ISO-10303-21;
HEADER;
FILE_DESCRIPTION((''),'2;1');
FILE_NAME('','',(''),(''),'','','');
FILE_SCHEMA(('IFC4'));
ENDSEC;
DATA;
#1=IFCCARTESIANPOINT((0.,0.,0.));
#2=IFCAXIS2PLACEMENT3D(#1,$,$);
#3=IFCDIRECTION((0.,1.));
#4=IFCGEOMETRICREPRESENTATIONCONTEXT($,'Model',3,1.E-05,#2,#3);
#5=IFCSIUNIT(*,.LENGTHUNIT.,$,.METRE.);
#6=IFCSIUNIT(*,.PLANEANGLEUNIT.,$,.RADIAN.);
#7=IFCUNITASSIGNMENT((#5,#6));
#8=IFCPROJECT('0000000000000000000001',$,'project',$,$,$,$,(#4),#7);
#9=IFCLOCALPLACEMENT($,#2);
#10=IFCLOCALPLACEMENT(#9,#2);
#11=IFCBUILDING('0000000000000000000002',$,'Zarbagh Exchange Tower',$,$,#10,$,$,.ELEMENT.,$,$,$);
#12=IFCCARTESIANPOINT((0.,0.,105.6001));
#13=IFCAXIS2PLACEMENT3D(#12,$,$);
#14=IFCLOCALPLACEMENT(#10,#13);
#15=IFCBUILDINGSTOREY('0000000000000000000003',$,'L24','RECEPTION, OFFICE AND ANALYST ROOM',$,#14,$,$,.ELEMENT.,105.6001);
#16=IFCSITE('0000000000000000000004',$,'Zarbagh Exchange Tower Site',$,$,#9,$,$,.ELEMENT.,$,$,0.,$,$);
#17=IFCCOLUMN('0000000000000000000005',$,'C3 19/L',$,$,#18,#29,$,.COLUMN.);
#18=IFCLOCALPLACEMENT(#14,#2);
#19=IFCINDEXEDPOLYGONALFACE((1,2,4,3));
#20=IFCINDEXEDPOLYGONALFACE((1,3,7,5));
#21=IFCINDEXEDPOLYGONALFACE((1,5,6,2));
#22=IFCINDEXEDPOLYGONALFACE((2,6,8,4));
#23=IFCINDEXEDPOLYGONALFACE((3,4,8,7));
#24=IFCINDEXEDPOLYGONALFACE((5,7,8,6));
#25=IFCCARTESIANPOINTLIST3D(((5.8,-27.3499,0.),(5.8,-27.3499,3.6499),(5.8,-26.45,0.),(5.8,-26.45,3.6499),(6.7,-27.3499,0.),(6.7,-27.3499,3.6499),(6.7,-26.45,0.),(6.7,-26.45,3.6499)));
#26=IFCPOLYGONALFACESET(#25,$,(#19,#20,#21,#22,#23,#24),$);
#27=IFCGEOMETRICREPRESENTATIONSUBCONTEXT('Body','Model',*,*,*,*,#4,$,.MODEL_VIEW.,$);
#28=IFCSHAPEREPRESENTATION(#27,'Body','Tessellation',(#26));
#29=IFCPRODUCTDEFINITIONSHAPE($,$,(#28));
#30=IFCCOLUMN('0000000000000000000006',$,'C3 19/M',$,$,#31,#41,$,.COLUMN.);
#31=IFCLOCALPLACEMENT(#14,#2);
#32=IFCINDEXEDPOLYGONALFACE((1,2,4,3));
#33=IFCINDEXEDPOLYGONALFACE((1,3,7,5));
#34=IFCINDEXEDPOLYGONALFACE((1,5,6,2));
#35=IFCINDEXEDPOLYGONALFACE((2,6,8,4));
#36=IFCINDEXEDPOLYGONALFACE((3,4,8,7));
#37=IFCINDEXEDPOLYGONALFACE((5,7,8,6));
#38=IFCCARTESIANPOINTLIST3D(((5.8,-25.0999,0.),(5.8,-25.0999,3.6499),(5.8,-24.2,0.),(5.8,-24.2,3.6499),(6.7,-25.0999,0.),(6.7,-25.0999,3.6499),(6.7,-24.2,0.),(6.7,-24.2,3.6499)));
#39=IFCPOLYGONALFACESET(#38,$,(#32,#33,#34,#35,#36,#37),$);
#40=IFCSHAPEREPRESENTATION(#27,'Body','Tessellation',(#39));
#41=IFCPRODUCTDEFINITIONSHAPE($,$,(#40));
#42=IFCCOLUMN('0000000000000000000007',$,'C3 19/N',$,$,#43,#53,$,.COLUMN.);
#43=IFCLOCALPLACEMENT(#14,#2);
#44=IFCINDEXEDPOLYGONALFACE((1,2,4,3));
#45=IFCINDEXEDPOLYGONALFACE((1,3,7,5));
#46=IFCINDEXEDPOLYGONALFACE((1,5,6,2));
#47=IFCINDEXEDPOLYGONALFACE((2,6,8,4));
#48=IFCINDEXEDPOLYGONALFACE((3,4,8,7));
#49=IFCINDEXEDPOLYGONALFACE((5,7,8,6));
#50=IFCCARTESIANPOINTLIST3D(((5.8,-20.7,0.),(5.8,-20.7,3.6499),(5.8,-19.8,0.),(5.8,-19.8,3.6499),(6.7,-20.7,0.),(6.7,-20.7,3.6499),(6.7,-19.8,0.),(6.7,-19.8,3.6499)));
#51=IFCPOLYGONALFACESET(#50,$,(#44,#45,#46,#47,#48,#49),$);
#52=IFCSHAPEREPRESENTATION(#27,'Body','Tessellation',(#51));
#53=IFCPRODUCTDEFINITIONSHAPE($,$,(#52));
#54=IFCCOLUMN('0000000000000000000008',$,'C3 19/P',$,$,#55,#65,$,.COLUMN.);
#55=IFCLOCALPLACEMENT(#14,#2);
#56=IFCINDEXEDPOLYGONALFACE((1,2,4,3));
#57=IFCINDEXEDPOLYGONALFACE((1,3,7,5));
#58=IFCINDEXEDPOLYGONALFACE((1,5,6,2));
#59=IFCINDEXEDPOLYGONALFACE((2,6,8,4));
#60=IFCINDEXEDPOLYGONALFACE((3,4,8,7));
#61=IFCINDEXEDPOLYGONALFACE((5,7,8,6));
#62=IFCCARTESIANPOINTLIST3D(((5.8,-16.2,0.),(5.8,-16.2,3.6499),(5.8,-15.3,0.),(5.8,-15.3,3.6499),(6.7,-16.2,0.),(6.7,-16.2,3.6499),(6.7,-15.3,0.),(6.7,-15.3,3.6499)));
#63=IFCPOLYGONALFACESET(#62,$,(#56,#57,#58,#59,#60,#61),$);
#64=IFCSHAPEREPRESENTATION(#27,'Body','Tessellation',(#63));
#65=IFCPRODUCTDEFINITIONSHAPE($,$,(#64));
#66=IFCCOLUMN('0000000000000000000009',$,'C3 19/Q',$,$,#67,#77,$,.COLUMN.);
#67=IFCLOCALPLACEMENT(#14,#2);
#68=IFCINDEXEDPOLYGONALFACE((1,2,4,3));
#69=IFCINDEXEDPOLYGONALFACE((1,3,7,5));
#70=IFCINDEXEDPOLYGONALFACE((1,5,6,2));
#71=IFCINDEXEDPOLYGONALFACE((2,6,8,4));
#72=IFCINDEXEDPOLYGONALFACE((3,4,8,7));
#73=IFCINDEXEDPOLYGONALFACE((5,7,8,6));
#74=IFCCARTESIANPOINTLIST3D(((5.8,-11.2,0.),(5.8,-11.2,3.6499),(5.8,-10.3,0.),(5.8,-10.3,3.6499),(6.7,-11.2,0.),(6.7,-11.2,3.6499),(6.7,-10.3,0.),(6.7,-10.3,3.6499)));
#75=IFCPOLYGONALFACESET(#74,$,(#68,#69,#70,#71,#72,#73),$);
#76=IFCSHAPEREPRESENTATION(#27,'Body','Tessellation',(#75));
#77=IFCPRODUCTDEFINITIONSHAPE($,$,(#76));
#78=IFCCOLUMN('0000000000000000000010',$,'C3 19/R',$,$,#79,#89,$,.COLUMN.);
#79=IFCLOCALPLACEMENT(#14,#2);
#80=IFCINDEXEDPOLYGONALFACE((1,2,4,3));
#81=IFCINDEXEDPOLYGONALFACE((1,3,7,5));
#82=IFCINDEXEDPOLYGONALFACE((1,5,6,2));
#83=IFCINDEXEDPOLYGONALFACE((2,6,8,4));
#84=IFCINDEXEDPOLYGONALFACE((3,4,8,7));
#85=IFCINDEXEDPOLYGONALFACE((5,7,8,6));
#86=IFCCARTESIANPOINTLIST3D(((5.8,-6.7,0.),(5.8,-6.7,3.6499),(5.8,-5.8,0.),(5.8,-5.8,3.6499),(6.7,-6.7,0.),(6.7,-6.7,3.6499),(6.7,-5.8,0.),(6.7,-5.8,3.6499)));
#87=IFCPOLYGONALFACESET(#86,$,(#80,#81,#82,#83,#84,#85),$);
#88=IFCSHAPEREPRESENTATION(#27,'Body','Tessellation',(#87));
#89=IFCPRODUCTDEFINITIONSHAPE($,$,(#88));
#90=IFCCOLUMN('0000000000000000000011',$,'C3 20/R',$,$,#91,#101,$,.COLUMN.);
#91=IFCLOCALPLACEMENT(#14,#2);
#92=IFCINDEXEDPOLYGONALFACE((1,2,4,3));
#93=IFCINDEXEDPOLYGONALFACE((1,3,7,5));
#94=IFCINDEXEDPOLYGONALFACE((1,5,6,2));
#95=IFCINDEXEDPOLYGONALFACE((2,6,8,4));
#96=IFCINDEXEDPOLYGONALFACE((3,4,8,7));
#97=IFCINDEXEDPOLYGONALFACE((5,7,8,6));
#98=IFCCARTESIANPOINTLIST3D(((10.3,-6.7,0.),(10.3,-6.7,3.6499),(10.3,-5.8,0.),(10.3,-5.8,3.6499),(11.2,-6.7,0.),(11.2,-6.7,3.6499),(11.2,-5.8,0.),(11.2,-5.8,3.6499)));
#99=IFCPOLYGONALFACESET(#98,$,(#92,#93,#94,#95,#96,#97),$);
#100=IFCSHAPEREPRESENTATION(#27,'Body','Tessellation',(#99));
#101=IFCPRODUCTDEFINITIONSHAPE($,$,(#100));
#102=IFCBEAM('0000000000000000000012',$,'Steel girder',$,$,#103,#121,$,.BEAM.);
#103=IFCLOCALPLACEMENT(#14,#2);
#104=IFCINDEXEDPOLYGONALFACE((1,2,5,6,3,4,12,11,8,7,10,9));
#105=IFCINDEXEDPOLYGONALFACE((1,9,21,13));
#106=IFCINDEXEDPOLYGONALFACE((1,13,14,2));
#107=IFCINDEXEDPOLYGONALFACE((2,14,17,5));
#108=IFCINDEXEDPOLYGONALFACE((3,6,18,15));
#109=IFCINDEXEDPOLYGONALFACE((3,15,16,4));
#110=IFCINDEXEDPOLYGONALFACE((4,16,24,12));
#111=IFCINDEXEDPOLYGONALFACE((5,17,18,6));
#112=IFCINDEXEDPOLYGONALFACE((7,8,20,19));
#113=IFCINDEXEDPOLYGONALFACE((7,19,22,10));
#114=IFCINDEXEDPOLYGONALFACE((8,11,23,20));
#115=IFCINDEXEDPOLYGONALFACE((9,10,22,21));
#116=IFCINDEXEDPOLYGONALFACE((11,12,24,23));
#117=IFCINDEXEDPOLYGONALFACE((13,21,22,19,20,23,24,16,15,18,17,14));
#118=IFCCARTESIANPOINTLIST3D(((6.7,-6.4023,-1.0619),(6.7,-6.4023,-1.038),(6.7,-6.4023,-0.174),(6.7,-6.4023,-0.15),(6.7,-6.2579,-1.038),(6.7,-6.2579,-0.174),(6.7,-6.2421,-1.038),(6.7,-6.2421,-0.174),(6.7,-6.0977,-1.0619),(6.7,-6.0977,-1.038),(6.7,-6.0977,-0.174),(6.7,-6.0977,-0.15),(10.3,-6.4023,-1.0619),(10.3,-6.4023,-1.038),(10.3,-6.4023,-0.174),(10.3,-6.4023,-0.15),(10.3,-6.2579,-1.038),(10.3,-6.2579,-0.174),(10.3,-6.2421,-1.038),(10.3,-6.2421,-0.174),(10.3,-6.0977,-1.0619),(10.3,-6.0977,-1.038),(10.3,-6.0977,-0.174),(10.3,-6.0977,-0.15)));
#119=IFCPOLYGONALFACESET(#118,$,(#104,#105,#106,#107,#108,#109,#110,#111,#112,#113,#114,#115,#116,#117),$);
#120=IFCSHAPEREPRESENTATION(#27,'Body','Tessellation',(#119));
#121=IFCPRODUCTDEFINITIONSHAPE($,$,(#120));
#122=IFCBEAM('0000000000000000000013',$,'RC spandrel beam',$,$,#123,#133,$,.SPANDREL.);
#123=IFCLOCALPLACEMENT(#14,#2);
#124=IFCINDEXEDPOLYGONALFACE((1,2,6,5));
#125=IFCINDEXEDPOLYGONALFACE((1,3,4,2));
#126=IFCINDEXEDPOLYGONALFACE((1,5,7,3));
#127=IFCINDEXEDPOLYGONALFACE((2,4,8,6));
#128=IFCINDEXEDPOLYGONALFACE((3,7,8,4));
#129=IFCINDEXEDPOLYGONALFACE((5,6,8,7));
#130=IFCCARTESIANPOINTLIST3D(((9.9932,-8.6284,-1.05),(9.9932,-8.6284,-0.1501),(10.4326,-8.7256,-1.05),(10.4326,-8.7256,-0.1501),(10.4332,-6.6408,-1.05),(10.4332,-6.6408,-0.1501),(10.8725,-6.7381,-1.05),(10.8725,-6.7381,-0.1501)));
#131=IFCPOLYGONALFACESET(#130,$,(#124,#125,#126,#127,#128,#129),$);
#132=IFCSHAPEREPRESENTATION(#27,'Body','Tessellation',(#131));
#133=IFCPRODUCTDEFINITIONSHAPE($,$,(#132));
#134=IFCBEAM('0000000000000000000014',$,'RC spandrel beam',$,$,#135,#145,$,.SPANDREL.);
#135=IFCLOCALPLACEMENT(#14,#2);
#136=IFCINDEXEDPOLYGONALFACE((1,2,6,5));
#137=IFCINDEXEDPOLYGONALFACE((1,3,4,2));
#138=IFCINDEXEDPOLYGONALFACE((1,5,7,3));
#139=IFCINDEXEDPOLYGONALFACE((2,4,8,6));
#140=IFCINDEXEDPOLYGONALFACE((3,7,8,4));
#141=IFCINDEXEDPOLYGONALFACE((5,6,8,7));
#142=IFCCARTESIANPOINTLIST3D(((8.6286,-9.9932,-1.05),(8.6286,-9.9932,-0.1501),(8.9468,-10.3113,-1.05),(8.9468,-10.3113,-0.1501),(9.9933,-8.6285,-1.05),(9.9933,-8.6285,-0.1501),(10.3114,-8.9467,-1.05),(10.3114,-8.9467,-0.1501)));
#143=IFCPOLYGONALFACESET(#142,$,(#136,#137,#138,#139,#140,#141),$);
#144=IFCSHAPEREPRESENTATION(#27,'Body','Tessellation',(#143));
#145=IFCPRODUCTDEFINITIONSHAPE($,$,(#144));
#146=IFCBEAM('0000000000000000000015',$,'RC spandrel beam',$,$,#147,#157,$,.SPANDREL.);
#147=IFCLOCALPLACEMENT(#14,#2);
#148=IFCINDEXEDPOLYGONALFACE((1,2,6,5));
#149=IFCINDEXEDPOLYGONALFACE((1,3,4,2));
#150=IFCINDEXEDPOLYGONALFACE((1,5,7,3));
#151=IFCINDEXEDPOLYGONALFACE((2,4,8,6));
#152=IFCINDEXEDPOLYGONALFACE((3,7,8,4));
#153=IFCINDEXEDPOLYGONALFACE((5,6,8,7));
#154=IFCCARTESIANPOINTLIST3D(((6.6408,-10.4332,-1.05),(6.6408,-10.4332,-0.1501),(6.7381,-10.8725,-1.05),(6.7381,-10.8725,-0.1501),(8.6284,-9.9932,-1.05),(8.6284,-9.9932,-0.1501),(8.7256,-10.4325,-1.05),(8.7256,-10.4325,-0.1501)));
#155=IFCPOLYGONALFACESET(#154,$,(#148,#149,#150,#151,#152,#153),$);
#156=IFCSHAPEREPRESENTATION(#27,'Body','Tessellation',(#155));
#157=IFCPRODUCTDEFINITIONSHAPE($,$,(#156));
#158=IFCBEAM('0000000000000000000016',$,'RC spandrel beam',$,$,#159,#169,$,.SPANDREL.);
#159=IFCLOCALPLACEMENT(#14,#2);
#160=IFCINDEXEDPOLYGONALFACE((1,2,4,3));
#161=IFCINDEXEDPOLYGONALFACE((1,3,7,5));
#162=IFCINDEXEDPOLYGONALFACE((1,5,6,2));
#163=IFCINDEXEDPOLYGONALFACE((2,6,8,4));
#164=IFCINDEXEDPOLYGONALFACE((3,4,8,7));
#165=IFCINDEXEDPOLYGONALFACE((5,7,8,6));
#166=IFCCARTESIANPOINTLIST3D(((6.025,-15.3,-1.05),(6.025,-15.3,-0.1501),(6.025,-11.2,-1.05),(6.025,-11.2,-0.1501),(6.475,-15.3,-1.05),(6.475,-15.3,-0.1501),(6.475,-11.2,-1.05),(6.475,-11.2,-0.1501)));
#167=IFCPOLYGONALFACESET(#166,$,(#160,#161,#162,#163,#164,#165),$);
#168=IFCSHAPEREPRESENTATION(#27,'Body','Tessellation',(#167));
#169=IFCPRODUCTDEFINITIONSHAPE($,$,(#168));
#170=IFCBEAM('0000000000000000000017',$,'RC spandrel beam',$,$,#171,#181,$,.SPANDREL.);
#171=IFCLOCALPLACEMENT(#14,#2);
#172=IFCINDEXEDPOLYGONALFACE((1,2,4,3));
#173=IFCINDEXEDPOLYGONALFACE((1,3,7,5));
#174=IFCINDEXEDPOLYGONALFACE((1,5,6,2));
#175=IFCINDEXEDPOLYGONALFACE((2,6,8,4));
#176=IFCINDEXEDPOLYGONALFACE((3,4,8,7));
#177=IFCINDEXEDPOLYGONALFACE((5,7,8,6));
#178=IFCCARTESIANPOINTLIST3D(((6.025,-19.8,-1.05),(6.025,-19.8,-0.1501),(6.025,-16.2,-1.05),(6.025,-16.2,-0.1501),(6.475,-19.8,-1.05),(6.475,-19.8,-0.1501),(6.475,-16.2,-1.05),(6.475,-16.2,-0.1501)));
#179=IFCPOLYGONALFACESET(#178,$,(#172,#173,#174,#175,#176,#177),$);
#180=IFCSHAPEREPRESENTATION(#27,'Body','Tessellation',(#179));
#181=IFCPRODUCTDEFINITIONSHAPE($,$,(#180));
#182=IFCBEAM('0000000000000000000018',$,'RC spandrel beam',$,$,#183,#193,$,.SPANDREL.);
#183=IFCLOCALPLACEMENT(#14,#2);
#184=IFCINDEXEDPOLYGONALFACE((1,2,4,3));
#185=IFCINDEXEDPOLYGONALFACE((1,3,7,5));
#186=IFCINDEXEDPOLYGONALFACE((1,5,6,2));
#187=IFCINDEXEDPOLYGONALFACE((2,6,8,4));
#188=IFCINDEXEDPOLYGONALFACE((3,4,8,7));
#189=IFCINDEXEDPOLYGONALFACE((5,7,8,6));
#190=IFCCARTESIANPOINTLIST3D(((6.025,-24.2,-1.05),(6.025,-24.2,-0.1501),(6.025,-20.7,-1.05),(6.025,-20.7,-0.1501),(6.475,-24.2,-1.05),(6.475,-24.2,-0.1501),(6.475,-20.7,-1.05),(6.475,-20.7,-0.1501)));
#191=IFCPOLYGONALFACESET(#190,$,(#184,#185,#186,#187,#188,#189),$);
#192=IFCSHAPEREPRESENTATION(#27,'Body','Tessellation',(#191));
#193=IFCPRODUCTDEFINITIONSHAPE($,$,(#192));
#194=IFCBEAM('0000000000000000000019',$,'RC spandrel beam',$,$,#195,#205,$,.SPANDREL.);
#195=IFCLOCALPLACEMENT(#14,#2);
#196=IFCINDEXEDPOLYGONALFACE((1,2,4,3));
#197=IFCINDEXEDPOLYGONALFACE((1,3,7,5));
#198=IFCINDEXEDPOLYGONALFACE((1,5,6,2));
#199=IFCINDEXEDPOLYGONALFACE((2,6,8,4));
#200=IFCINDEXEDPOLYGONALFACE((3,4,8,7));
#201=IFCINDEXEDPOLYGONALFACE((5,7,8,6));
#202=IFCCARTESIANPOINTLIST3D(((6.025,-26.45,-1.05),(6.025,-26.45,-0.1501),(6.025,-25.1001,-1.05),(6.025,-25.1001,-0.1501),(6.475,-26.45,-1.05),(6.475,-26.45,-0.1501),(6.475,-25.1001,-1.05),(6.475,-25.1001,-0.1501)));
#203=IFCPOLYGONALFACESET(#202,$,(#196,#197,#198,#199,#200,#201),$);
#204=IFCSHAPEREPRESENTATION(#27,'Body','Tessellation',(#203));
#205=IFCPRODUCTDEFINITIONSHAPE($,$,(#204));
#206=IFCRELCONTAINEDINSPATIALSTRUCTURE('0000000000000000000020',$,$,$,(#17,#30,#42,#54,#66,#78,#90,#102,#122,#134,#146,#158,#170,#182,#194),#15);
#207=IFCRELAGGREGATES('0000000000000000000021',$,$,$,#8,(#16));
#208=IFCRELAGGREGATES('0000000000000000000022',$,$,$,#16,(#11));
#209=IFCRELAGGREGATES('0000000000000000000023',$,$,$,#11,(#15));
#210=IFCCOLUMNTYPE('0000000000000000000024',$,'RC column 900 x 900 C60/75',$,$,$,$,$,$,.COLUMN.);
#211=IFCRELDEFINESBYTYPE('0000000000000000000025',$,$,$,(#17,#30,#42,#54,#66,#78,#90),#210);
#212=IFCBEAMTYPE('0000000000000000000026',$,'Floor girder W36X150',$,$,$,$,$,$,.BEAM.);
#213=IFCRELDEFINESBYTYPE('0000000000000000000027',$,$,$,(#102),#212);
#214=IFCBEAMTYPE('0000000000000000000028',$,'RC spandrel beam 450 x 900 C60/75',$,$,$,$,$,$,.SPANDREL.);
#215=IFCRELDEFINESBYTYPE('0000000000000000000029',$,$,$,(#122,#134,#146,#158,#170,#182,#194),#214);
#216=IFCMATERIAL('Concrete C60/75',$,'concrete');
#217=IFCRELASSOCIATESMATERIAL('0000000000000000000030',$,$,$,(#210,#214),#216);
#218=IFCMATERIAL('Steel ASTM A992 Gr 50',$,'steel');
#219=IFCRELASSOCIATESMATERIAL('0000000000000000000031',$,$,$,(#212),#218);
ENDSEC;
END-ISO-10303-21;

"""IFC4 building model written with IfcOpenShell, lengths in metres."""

from ifc_helpers import new_model, si_unit, direction, frame, origin, origin_2d, place, context, subcontext, project, spatial, rectangle, i_section, extrude, material, material_profile, profile_set, type_object, element, save


model = new_model("IFC4")

# Units and contexts
model_context = context("Model", 3, precision=1e-05, world=origin(), true_north=direction((0.0, 1.0)))
body_context = subcontext(model_context, "Body", "Model", "MODEL_VIEW")
ifc_project = project(units=[si_unit("LENGTHUNIT", "METRE"), si_unit("PLANEANGLEUNIT", "RADIAN")], contexts=[model_context])

# Site, building, storey
site_placement = place(None, origin())
site = spatial("IfcSite", under=ifc_project, at=site_placement, Name="Zarbagh Exchange Tower Site", CompositionType="ELEMENT", RefElevation=0.0)
building_placement = place(site_placement, origin())
building = spatial("IfcBuilding", under=site, at=building_placement, Name="Zarbagh Exchange Tower", CompositionType="ELEMENT")
storey_placement = place(building_placement, frame((0.0, 0.0, 105.6001)))
storey = spatial("IfcBuildingStorey", under=building, at=storey_placement, Name="L24", Description="RECEPTION, OFFICE AND ANALYST ROOM", CompositionType="ELEMENT", Elevation=105.6001)

# Columns
ifc_material_1 = material(Name="Concrete C60/75", Category="concrete")
ifc_material_profile_1 = material_profile(ifc_material_1, rectangle(XDim=0.8999, YDim=0.8999, at=origin_2d()), Name="RC column 900 x 900 C60/75")
ifc_profile_set_1 = profile_set([ifc_material_profile_1], Name="Concrete C60/75")
column_type = type_object("IfcColumnType", Name="RC column 900 x 900 C60/75", PredefinedType="COLUMN", material=ifc_profile_set_1)
for number, where, z_axis, x_axis, name in (
    (1, (6.25, -26.8999, 0.0), (0.0, 0.0, 1.0), (1.0, 0.0, 0.0), "C3 19/L"),
    (2, (6.25, -24.6499, 0.0), (0.0, 0.0, 1.0), (1.0, 0.0, 0.0), "C3 19/M"),
    (3, (6.25, -20.25, 0.0), (0.0, 0.0, 1.0), (1.0, 0.0, 0.0), "C3 19/N"),
    (4, (6.25, -15.75, 0.0), (0.0, 0.0, 1.0), (1.0, 0.0, 0.0), "C3 19/P"),
    (5, (6.25, -10.75, 0.0), (0.0, 0.0, 1.0), (1.0, 0.0, 0.0), "C3 19/Q"),
    (6, (6.25, -6.25, 0.0), (0.0, 0.0, 1.0), (1.0, 0.0, 0.0), "C3 19/R"),
    (7, (10.75, -6.25, 0.0), (0.0, 0.0, 1.0), (1.0, 0.0, 0.0), "C3 20/R"),
):
    element("IfcColumn", number, at=place(storey_placement, frame(where, z_axis=z_axis, x_axis=x_axis)), inside=storey, type_object=column_type, Name=name, PredefinedType="COLUMN", context=body_context, shape_type="SweptSolid", body=[
        extrude(rectangle(XDim=0.8999, YDim=0.8999, at=origin_2d()), origin(), (0.0, 0.0, 1.0), 3.6499),
    ])

# Beams
ifc_material_2 = material(Name="Steel ASTM A992 Gr 50", Category="steel")
ifc_material_profile_2 = material_profile(ifc_material_2, i_section(OverallWidth=0.3047, OverallDepth=0.9119, WebThickness=0.0159, FlangeThickness=0.0239, at=origin_2d()), Name="W36X150")
ifc_profile_set_2 = profile_set([ifc_material_profile_2], Name="Steel ASTM A992 Gr 50")
beam_type_1 = type_object("IfcBeamType", Name="Floor girder W36X150", PredefinedType="BEAM", material=ifc_profile_set_2)
beam_1_placement = place(storey_placement, frame((6.7, -6.25, -0.606), z_axis=(1.0, 0.0, 0.0), x_axis=(0.0, 1.0, 0.0)))
element("IfcBeam", 8, at=beam_1_placement, inside=storey, type_object=beam_type_1, Name="Steel girder", PredefinedType="BEAM", context=body_context, shape_type="SweptSolid", body=[
    extrude(i_section(OverallWidth=0.3047, OverallDepth=0.9119, WebThickness=0.0159, FlangeThickness=0.0239, at=origin_2d()), origin(), (0.0, 0.0, 1.0), 3.6001),
])
ifc_material_profile_3 = material_profile(ifc_material_1, rectangle(XDim=0.45, YDim=0.8999, at=origin_2d()), Name="RC spandrel beam 450 x 900 C60/75")
ifc_profile_set_3 = profile_set([ifc_material_profile_3], Name="Concrete C60/75")
beam_type_2 = type_object("IfcBeamType", Name="RC spandrel beam 450 x 900 C60/75", PredefinedType="SPANDREL", material=ifc_profile_set_3)
beam_2_placement = place(storey_placement, frame((10.6528, -6.6895, -0.6001), z_axis=(-0.216118, -0.976367, 0.0), x_axis=(0.976367, -0.216118, 0.0)))
element("IfcBeam", 9, at=beam_2_placement, inside=storey, type_object=beam_type_2, Name="RC spandrel beam", PredefinedType="SPANDREL", context=body_context, shape_type="SweptSolid", body=[
    extrude(rectangle(XDim=0.45, YDim=0.8999, at=origin_2d()), origin(), (0.0, 0.0, 1.0), 2.0356),
])
beam_3_placement = place(storey_placement, frame((10.1523, -8.7876, -0.6001), z_axis=(-0.707107, -0.707107, 0.0), x_axis=(0.707107, -0.707107, 0.0)))
element("IfcBeam", 10, at=beam_3_placement, inside=storey, type_object=beam_type_2, Name="RC spandrel beam", PredefinedType="SPANDREL", context=body_context, shape_type="SweptSolid", body=[
    extrude(rectangle(XDim=0.45, YDim=0.8999, at=origin_2d()), origin(), (0.0, 0.0, 1.0), 1.9299),
])
beam_4_placement = place(storey_placement, frame((8.677, -10.2129, -0.6001), z_axis=(-0.976367, -0.216118, 0.0), x_axis=(0.216118, -0.976367, 0.0)))
element("IfcBeam", 11, at=beam_4_placement, inside=storey, type_object=beam_type_2, Name="RC spandrel beam", PredefinedType="SPANDREL", context=body_context, shape_type="SweptSolid", body=[
    extrude(rectangle(XDim=0.45, YDim=0.8999, at=origin_2d()), origin(), (0.0, 0.0, 1.0), 2.0356),
])
beam_5_placement = place(storey_placement, frame((6.25, -11.2, -0.6001), z_axis=(0.0, -1.0, 0.0), x_axis=(1.0, 0.0, 0.0)))
element("IfcBeam", 12, at=beam_5_placement, inside=storey, type_object=beam_type_2, Name="RC spandrel beam", PredefinedType="SPANDREL", context=body_context, shape_type="SweptSolid", body=[
    extrude(rectangle(XDim=0.45, YDim=0.8999, at=origin_2d()), origin(), (0.0, 0.0, 1.0), 4.1001),
])
beam_6_placement = place(storey_placement, frame((6.25, -16.2, -0.6001), z_axis=(0.0, -1.0, 0.0), x_axis=(1.0, 0.0, 0.0)))
element("IfcBeam", 13, at=beam_6_placement, inside=storey, type_object=beam_type_2, Name="RC spandrel beam", PredefinedType="SPANDREL", context=body_context, shape_type="SweptSolid", body=[
    extrude(rectangle(XDim=0.45, YDim=0.8999, at=origin_2d()), origin(), (0.0, 0.0, 1.0), 3.6001),
])
beam_7_placement = place(storey_placement, frame((6.25, -20.7, -0.6001), z_axis=(0.0, -1.0, 0.0), x_axis=(1.0, 0.0, 0.0)))
element("IfcBeam", 14, at=beam_7_placement, inside=storey, type_object=beam_type_2, Name="RC spandrel beam", PredefinedType="SPANDREL", context=body_context, shape_type="SweptSolid", body=[
    extrude(rectangle(XDim=0.45, YDim=0.8999, at=origin_2d()), origin(), (0.0, 0.0, 1.0), 3.5),
])
beam_8_placement = place(storey_placement, frame((6.25, -25.1001, -0.6001), z_axis=(0.0, -1.0, 0.0), x_axis=(1.0, 0.0, 0.0)))
element("IfcBeam", 15, at=beam_8_placement, inside=storey, type_object=beam_type_2, Name="RC spandrel beam", PredefinedType="SPANDREL", context=body_context, shape_type="SweptSolid", body=[
    extrude(rectangle(XDim=0.45, YDim=0.8999, at=origin_2d()), origin(), (0.0, 0.0, 1.0), 1.3499),
])

save(model, "model.ifc")
